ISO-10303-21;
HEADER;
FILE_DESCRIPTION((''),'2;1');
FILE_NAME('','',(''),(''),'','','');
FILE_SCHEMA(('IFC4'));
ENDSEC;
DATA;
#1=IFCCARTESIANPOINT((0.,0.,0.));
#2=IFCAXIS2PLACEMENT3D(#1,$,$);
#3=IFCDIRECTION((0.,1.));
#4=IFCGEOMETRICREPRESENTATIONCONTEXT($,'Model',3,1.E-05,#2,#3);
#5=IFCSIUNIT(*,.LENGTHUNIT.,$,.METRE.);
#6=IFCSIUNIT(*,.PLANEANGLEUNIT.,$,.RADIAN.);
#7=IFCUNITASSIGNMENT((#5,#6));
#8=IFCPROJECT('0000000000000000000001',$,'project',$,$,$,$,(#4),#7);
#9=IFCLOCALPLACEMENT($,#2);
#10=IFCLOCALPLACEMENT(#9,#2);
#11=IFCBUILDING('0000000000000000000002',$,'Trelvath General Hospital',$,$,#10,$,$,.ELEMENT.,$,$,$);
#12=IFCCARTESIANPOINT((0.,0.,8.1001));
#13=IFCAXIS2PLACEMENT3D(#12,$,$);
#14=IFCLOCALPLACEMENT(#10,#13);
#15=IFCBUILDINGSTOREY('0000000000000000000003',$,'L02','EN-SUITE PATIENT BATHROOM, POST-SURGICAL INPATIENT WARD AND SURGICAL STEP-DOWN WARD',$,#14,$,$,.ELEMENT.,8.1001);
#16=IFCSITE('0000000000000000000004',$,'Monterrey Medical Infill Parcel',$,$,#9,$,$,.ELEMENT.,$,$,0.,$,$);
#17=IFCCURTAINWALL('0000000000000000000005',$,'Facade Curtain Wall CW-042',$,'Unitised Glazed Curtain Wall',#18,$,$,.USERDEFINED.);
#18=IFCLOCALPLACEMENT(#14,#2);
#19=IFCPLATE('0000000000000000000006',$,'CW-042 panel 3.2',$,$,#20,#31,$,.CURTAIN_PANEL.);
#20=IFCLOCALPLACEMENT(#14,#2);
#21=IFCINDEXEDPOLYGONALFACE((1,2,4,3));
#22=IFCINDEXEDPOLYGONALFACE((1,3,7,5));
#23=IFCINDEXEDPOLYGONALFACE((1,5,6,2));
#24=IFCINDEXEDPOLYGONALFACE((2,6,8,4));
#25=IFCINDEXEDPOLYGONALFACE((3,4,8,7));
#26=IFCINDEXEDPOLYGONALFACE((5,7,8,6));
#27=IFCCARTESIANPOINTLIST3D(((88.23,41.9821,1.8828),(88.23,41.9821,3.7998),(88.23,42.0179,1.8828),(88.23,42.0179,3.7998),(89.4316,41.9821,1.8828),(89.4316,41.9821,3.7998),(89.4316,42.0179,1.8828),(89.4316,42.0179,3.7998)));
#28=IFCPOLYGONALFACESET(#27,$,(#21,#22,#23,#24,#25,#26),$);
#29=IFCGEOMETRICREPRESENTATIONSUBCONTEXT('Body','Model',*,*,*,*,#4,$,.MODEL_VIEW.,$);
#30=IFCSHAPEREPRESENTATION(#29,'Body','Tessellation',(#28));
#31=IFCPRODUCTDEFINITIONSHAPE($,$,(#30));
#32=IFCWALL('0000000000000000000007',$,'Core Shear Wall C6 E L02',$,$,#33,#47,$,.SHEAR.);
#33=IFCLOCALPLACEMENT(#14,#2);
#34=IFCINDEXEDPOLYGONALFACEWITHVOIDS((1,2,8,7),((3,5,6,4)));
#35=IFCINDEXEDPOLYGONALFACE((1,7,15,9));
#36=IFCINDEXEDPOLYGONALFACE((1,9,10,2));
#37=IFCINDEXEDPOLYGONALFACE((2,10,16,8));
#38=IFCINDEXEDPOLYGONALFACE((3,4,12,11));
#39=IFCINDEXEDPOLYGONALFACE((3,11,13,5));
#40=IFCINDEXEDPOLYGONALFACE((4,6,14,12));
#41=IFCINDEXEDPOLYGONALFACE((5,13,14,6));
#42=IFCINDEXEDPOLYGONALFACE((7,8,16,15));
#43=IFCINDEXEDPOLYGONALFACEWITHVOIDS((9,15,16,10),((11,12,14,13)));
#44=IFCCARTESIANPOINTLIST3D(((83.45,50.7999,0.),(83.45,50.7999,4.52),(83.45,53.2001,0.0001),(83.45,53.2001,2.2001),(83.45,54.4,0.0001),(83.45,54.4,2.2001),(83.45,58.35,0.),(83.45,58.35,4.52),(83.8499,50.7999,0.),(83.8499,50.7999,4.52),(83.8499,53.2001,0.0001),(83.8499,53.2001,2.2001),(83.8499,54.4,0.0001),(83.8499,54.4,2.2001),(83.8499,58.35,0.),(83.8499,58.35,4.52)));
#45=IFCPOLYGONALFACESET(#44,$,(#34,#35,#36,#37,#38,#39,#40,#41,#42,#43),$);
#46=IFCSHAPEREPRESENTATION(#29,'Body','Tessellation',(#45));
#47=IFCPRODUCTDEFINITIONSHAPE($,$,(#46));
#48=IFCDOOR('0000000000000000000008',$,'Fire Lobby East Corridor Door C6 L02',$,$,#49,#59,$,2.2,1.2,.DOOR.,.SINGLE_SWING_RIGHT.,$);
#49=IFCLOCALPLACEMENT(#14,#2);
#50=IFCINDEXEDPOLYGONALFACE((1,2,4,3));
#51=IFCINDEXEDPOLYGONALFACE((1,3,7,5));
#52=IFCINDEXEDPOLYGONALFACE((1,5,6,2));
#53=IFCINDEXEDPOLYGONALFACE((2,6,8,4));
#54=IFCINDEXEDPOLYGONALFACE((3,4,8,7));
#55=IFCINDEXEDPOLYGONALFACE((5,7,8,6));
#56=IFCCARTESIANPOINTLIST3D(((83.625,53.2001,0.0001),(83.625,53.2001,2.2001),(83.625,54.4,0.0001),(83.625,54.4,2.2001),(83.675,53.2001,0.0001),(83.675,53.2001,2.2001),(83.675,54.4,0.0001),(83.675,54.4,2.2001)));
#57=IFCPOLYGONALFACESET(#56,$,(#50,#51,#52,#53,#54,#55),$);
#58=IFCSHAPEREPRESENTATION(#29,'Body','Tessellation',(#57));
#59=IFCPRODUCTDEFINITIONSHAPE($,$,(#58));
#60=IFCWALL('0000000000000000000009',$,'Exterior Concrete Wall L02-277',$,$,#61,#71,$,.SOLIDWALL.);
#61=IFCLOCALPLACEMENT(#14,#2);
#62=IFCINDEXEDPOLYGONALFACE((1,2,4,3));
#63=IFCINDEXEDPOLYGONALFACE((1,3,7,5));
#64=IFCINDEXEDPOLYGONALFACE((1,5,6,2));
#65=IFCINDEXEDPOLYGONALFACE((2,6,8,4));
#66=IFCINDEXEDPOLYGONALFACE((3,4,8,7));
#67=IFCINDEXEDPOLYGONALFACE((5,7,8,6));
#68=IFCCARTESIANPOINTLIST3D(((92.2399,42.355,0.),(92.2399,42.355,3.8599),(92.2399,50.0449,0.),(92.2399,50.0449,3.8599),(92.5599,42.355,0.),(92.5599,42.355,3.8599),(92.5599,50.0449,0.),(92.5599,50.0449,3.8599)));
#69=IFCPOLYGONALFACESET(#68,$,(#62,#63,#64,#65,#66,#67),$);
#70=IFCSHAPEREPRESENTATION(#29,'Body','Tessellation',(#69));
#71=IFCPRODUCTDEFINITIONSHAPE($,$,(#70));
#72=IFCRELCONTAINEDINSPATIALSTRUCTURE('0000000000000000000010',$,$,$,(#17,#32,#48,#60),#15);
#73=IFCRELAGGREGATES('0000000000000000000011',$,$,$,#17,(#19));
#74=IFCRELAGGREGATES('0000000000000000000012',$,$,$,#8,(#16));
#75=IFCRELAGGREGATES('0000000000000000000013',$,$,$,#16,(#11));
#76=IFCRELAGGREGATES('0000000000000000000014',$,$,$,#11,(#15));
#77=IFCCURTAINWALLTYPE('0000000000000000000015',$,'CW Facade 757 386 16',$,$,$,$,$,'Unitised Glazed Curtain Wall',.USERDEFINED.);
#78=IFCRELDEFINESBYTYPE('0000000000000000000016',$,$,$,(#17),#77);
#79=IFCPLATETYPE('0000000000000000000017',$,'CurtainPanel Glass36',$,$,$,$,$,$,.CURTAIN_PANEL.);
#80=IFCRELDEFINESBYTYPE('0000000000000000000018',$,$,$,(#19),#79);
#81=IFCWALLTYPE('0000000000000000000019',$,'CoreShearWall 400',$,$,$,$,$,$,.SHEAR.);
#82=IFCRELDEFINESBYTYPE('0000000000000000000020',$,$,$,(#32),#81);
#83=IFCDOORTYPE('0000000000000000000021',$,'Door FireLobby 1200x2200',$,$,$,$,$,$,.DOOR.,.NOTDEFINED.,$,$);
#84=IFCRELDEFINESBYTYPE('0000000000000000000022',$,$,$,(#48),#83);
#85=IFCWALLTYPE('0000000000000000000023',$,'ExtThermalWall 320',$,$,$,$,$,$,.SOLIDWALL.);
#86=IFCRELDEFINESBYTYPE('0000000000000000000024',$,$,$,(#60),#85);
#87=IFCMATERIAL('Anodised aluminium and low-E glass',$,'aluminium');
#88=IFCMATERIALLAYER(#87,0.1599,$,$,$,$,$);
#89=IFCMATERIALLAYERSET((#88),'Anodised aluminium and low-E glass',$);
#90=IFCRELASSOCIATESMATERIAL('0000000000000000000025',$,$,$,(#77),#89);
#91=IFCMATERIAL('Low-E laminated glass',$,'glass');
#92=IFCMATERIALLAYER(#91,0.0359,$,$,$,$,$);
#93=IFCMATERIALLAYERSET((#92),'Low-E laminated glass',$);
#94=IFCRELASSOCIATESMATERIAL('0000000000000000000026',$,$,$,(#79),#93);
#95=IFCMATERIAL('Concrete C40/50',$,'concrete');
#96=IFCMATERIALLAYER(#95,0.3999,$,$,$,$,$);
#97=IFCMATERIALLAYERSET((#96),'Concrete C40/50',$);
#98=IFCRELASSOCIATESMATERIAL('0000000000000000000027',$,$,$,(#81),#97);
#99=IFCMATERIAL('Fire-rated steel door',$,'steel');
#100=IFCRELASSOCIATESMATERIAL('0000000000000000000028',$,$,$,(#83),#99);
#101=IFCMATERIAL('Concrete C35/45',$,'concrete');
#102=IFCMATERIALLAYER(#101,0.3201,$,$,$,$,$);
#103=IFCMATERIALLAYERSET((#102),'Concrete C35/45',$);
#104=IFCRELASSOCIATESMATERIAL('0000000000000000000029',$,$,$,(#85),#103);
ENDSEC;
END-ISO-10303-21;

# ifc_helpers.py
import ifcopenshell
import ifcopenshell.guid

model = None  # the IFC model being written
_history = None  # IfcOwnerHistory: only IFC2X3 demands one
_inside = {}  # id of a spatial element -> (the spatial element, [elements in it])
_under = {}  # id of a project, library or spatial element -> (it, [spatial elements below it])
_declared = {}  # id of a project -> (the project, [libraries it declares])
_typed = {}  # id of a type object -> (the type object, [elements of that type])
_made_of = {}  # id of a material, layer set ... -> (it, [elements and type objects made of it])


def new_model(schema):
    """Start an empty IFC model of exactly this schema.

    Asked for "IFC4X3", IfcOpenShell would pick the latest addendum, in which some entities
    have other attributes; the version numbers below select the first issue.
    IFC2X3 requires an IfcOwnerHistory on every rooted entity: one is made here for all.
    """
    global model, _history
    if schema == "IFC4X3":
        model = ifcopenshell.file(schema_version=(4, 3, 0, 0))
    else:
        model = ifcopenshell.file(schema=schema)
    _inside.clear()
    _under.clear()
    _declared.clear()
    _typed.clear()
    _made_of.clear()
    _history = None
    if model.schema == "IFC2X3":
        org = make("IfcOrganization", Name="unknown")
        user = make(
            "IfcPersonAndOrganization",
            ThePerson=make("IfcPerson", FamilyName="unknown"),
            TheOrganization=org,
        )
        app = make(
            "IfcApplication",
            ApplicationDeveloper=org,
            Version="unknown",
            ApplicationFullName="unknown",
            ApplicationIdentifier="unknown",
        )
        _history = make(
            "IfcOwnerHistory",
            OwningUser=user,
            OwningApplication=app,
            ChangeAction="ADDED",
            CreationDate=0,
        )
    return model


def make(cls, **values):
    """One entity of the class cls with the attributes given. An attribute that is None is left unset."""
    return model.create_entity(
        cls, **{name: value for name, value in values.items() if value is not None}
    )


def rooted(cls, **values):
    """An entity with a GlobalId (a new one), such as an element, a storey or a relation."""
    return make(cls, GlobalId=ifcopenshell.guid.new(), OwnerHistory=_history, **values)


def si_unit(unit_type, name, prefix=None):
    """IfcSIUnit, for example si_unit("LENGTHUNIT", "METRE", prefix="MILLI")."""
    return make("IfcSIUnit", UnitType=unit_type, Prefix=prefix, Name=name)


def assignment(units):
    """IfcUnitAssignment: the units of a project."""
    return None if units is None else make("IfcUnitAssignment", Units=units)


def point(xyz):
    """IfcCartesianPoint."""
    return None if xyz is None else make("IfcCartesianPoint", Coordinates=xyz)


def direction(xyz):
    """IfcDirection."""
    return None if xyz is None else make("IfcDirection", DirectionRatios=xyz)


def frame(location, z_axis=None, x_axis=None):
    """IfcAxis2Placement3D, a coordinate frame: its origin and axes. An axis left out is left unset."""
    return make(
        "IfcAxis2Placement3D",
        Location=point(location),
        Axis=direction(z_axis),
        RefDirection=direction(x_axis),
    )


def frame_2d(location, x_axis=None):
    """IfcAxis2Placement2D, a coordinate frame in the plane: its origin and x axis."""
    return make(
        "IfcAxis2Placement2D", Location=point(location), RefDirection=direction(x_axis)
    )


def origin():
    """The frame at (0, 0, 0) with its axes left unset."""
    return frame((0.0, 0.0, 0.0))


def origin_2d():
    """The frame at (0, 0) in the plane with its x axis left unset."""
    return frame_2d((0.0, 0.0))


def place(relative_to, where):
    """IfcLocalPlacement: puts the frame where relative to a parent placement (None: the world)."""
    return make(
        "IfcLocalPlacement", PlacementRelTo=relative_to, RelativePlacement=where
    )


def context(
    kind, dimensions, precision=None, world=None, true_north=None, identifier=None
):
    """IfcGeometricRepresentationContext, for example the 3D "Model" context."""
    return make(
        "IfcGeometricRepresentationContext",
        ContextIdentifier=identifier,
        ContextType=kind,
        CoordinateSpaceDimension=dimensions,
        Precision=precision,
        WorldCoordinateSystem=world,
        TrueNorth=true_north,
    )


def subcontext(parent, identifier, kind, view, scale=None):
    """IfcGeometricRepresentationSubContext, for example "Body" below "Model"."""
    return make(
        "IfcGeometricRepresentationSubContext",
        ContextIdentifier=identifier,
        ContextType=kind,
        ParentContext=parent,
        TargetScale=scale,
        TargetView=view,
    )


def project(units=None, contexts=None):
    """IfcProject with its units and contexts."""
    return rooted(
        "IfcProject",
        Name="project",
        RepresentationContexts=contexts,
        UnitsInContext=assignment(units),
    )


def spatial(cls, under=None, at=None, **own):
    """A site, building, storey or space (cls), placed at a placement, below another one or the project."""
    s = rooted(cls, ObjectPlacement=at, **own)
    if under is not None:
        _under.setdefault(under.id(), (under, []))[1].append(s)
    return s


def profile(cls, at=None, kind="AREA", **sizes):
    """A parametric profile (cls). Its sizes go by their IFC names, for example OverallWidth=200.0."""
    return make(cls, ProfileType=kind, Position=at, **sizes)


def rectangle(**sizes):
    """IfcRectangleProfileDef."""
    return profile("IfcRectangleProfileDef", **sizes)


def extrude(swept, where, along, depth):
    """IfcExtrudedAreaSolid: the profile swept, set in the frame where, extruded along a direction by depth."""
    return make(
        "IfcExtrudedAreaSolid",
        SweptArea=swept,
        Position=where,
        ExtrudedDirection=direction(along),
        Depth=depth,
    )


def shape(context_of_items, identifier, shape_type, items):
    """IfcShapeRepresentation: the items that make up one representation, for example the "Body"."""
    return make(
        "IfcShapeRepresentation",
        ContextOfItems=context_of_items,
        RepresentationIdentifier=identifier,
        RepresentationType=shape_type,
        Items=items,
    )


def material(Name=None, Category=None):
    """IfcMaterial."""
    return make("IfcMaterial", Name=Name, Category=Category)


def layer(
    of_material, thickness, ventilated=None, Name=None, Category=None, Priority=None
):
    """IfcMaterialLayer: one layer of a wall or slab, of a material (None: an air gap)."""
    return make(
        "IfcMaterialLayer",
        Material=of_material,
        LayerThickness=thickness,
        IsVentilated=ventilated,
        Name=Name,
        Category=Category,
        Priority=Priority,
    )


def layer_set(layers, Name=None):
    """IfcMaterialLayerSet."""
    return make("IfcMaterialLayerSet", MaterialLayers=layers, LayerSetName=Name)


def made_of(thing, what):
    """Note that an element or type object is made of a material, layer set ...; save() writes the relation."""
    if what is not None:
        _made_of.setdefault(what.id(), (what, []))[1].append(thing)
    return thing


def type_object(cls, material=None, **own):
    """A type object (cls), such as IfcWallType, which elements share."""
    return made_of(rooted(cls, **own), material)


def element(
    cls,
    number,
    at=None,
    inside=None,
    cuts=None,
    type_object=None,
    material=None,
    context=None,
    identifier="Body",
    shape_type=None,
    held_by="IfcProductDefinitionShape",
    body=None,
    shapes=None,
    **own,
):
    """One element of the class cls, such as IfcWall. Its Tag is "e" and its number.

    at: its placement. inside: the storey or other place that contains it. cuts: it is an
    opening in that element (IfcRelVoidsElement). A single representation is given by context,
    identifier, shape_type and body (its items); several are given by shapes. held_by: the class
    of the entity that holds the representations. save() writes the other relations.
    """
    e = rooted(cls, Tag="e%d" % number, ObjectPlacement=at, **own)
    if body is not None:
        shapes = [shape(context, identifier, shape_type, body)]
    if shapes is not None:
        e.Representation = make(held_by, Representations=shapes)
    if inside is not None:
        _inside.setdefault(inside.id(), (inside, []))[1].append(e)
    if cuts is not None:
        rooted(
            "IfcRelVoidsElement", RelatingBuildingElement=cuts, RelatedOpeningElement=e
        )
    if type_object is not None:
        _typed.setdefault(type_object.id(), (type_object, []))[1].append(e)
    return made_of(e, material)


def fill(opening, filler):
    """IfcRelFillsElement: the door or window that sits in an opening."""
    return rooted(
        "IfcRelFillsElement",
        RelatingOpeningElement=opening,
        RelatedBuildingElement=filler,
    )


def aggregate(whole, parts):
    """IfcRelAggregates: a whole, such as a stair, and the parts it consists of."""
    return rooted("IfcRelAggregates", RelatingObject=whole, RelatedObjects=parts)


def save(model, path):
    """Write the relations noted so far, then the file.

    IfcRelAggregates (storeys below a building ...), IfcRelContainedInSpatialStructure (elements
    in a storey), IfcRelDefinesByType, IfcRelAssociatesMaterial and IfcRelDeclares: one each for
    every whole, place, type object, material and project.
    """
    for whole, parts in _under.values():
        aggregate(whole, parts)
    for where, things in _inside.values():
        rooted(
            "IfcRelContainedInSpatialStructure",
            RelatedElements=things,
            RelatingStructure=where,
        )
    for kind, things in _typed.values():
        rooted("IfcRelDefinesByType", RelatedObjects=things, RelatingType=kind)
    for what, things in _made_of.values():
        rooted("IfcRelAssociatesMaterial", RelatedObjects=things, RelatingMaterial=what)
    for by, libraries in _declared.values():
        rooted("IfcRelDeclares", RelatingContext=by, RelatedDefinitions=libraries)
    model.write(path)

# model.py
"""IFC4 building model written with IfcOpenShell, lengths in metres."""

from ifc_helpers import new_model, si_unit, direction, frame, frame_2d, origin, origin_2d, place, context, subcontext, project, spatial, rectangle, extrude, material, layer, layer_set, type_object, element, fill, aggregate, save


model = new_model("IFC4")

# Units and contexts
model_context = context("Model", 3, precision=1e-05, world=origin(), true_north=direction((0.0, 1.0)))
body_context = subcontext(model_context, "Body", "Model", "MODEL_VIEW")
ifc_project = project(units=[si_unit("LENGTHUNIT", "METRE"), si_unit("PLANEANGLEUNIT", "RADIAN")], contexts=[model_context])

# Site, building, storey
site_placement = place(None, origin())
site = spatial("IfcSite", under=ifc_project, at=site_placement, Name="Monterrey Medical Infill Parcel", CompositionType="ELEMENT", RefElevation=0.0)
building_placement = place(site_placement, origin())
building = spatial("IfcBuilding", under=site, at=building_placement, Name="Trelvath General Hospital", CompositionType="ELEMENT")
storey_placement = place(building_placement, frame((0.0, 0.0, 8.1001)))
storey = spatial("IfcBuildingStorey", under=building, at=storey_placement, Name="L02", Description="EN-SUITE PATIENT BATHROOM, POST-SURGICAL INPATIENT WARD AND SURGICAL STEP-DOWN WARD", CompositionType="ELEMENT", Elevation=8.1001)

# Curtain wall, plate
ifc_material_1 = material(Name="Anodised aluminium and low-E glass", Category="aluminium")
ifc_layer_1 = layer(ifc_material_1, 0.1599)
ifc_layer_set_1 = layer_set([ifc_layer_1], Name="Anodised aluminium and low-E glass")
curtain_wall_type = type_object("IfcCurtainWallType", Name="CW Facade 757 386 16", ElementType="Unitised Glazed Curtain Wall", PredefinedType="USERDEFINED", material=ifc_layer_set_1)
curtain_wall_placement = place(storey_placement, origin())
curtain_wall = element("IfcCurtainWall", 1, at=curtain_wall_placement, inside=storey, type_object=curtain_wall_type, Name="Facade Curtain Wall CW-042", ObjectType="Unitised Glazed Curtain Wall", PredefinedType="USERDEFINED")
ifc_material_2 = material(Name="Low-E laminated glass", Category="glass")
ifc_layer_2 = layer(ifc_material_2, 0.0359)
ifc_layer_set_2 = layer_set([ifc_layer_2], Name="Low-E laminated glass")
plate_type = type_object("IfcPlateType", Name="CurtainPanel Glass36", PredefinedType="CURTAIN_PANEL", material=ifc_layer_set_2)
plate_1_placement = place(storey_placement, frame((88.8308, 42.0, 1.8828), z_axis=(0.0, 0.0, 1.0), x_axis=(-1.0, 0.0, 0.0)))
plate_1 = element("IfcPlate", 2, at=plate_1_placement, type_object=plate_type, Name="CW-042 panel 3.2", PredefinedType="CURTAIN_PANEL", context=body_context, shape_type="SweptSolid", body=[
    extrude(rectangle(XDim=1.2017, YDim=0.0359, at=origin_2d()), origin(), (0.0, 0.0, 1.0), 1.917),
])
aggregate(curtain_wall, [plate_1])

# Wall, opening, door
ifc_material_3 = material(Name="Concrete C40/50", Category="concrete")
ifc_layer_3 = layer(ifc_material_3, 0.3999)
ifc_layer_set_3 = layer_set([ifc_layer_3], Name="Concrete C40/50")
wall_type_1 = type_object("IfcWallType", Name="CoreShearWall 400", PredefinedType="SHEAR", material=ifc_layer_set_3)
wall_1_placement = place(storey_placement, frame((83.6499, 50.8, 0.0), z_axis=(0.0, 0.0, 1.0), x_axis=(0.0, 1.0, 0.0)))
wall_1 = element("IfcWall", 3, at=wall_1_placement, inside=storey, type_object=wall_type_1, Name="Core Shear Wall C6 E L02", PredefinedType="SHEAR", context=body_context, shape_type="SweptSolid", body=[
    extrude(rectangle(XDim=7.55, YDim=0.3999, at=frame_2d((3.7749, 0.0))), origin(), (0.0, 0.0, 1.0), 4.52),
])
opening_placement = place(wall_1_placement, frame((2.3999, 0.0, 0.0)))
opening = element("IfcOpeningElement", 4, at=opening_placement, cuts=wall_1, PredefinedType="OPENING", context=body_context, shape_type="SweptSolid", body=[
    extrude(rectangle(XDim=1.2, YDim=2.2, at=frame_2d((0.6001, 1.1001))), frame((0.0, 0.21, 0.0), z_axis=(0.0, -1.0, 0.0), x_axis=(1.0, 0.0, 0.0)), (0.0, 0.0, 1.0), 0.4199),
])
ifc_material_4 = material(Name="Fire-rated steel door", Category="steel")
door_type = type_object("IfcDoorType", Name="Door FireLobby 1200x2200", OperationType="NOTDEFINED", PredefinedType="DOOR", material=ifc_material_4)
door_placement = place(opening_placement, origin())
door = element("IfcDoor", 5, at=door_placement, inside=storey, type_object=door_type, Name="Fire Lobby East Corridor Door C6 L02", OperationType="SINGLE_SWING_RIGHT", OverallHeight=2.2, OverallWidth=1.2, PredefinedType="DOOR", context=body_context, shape_type="SweptSolid", body=[
    extrude(rectangle(XDim=1.2, YDim=2.2, at=frame_2d((0.6001, 1.1001))), frame((0.0, 0.0249, 0.0), z_axis=(0.0, -1.0, 0.0), x_axis=(1.0, 0.0, 0.0)), (0.0, 0.0, 1.0), 0.05),
])
fill(opening, door)

# Wall
ifc_material_5 = material(Name="Concrete C35/45", Category="concrete")
ifc_layer_4 = layer(ifc_material_5, 0.3201)
ifc_layer_set_4 = layer_set([ifc_layer_4], Name="Concrete C35/45")
wall_type_2 = type_object("IfcWallType", Name="ExtThermalWall 320", PredefinedType="SOLIDWALL", material=ifc_layer_set_4)
wall_2_placement = place(storey_placement, frame((92.3999, 50.0449, 0.0), z_axis=(0.0, 0.0, 1.0), x_axis=(0.0, -1.0, 0.0)))
element("IfcWall", 6, at=wall_2_placement, inside=storey, type_object=wall_type_2, Name="Exterior Concrete Wall L02-277", PredefinedType="SOLIDWALL", context=body_context, shape_type="SweptSolid", body=[
    extrude(rectangle(XDim=7.6899, YDim=0.3201, at=frame_2d((3.845, 0.0))), origin(), (0.0, 0.0, 1.0), 3.8599),
])

save(model, "model.ifc")
